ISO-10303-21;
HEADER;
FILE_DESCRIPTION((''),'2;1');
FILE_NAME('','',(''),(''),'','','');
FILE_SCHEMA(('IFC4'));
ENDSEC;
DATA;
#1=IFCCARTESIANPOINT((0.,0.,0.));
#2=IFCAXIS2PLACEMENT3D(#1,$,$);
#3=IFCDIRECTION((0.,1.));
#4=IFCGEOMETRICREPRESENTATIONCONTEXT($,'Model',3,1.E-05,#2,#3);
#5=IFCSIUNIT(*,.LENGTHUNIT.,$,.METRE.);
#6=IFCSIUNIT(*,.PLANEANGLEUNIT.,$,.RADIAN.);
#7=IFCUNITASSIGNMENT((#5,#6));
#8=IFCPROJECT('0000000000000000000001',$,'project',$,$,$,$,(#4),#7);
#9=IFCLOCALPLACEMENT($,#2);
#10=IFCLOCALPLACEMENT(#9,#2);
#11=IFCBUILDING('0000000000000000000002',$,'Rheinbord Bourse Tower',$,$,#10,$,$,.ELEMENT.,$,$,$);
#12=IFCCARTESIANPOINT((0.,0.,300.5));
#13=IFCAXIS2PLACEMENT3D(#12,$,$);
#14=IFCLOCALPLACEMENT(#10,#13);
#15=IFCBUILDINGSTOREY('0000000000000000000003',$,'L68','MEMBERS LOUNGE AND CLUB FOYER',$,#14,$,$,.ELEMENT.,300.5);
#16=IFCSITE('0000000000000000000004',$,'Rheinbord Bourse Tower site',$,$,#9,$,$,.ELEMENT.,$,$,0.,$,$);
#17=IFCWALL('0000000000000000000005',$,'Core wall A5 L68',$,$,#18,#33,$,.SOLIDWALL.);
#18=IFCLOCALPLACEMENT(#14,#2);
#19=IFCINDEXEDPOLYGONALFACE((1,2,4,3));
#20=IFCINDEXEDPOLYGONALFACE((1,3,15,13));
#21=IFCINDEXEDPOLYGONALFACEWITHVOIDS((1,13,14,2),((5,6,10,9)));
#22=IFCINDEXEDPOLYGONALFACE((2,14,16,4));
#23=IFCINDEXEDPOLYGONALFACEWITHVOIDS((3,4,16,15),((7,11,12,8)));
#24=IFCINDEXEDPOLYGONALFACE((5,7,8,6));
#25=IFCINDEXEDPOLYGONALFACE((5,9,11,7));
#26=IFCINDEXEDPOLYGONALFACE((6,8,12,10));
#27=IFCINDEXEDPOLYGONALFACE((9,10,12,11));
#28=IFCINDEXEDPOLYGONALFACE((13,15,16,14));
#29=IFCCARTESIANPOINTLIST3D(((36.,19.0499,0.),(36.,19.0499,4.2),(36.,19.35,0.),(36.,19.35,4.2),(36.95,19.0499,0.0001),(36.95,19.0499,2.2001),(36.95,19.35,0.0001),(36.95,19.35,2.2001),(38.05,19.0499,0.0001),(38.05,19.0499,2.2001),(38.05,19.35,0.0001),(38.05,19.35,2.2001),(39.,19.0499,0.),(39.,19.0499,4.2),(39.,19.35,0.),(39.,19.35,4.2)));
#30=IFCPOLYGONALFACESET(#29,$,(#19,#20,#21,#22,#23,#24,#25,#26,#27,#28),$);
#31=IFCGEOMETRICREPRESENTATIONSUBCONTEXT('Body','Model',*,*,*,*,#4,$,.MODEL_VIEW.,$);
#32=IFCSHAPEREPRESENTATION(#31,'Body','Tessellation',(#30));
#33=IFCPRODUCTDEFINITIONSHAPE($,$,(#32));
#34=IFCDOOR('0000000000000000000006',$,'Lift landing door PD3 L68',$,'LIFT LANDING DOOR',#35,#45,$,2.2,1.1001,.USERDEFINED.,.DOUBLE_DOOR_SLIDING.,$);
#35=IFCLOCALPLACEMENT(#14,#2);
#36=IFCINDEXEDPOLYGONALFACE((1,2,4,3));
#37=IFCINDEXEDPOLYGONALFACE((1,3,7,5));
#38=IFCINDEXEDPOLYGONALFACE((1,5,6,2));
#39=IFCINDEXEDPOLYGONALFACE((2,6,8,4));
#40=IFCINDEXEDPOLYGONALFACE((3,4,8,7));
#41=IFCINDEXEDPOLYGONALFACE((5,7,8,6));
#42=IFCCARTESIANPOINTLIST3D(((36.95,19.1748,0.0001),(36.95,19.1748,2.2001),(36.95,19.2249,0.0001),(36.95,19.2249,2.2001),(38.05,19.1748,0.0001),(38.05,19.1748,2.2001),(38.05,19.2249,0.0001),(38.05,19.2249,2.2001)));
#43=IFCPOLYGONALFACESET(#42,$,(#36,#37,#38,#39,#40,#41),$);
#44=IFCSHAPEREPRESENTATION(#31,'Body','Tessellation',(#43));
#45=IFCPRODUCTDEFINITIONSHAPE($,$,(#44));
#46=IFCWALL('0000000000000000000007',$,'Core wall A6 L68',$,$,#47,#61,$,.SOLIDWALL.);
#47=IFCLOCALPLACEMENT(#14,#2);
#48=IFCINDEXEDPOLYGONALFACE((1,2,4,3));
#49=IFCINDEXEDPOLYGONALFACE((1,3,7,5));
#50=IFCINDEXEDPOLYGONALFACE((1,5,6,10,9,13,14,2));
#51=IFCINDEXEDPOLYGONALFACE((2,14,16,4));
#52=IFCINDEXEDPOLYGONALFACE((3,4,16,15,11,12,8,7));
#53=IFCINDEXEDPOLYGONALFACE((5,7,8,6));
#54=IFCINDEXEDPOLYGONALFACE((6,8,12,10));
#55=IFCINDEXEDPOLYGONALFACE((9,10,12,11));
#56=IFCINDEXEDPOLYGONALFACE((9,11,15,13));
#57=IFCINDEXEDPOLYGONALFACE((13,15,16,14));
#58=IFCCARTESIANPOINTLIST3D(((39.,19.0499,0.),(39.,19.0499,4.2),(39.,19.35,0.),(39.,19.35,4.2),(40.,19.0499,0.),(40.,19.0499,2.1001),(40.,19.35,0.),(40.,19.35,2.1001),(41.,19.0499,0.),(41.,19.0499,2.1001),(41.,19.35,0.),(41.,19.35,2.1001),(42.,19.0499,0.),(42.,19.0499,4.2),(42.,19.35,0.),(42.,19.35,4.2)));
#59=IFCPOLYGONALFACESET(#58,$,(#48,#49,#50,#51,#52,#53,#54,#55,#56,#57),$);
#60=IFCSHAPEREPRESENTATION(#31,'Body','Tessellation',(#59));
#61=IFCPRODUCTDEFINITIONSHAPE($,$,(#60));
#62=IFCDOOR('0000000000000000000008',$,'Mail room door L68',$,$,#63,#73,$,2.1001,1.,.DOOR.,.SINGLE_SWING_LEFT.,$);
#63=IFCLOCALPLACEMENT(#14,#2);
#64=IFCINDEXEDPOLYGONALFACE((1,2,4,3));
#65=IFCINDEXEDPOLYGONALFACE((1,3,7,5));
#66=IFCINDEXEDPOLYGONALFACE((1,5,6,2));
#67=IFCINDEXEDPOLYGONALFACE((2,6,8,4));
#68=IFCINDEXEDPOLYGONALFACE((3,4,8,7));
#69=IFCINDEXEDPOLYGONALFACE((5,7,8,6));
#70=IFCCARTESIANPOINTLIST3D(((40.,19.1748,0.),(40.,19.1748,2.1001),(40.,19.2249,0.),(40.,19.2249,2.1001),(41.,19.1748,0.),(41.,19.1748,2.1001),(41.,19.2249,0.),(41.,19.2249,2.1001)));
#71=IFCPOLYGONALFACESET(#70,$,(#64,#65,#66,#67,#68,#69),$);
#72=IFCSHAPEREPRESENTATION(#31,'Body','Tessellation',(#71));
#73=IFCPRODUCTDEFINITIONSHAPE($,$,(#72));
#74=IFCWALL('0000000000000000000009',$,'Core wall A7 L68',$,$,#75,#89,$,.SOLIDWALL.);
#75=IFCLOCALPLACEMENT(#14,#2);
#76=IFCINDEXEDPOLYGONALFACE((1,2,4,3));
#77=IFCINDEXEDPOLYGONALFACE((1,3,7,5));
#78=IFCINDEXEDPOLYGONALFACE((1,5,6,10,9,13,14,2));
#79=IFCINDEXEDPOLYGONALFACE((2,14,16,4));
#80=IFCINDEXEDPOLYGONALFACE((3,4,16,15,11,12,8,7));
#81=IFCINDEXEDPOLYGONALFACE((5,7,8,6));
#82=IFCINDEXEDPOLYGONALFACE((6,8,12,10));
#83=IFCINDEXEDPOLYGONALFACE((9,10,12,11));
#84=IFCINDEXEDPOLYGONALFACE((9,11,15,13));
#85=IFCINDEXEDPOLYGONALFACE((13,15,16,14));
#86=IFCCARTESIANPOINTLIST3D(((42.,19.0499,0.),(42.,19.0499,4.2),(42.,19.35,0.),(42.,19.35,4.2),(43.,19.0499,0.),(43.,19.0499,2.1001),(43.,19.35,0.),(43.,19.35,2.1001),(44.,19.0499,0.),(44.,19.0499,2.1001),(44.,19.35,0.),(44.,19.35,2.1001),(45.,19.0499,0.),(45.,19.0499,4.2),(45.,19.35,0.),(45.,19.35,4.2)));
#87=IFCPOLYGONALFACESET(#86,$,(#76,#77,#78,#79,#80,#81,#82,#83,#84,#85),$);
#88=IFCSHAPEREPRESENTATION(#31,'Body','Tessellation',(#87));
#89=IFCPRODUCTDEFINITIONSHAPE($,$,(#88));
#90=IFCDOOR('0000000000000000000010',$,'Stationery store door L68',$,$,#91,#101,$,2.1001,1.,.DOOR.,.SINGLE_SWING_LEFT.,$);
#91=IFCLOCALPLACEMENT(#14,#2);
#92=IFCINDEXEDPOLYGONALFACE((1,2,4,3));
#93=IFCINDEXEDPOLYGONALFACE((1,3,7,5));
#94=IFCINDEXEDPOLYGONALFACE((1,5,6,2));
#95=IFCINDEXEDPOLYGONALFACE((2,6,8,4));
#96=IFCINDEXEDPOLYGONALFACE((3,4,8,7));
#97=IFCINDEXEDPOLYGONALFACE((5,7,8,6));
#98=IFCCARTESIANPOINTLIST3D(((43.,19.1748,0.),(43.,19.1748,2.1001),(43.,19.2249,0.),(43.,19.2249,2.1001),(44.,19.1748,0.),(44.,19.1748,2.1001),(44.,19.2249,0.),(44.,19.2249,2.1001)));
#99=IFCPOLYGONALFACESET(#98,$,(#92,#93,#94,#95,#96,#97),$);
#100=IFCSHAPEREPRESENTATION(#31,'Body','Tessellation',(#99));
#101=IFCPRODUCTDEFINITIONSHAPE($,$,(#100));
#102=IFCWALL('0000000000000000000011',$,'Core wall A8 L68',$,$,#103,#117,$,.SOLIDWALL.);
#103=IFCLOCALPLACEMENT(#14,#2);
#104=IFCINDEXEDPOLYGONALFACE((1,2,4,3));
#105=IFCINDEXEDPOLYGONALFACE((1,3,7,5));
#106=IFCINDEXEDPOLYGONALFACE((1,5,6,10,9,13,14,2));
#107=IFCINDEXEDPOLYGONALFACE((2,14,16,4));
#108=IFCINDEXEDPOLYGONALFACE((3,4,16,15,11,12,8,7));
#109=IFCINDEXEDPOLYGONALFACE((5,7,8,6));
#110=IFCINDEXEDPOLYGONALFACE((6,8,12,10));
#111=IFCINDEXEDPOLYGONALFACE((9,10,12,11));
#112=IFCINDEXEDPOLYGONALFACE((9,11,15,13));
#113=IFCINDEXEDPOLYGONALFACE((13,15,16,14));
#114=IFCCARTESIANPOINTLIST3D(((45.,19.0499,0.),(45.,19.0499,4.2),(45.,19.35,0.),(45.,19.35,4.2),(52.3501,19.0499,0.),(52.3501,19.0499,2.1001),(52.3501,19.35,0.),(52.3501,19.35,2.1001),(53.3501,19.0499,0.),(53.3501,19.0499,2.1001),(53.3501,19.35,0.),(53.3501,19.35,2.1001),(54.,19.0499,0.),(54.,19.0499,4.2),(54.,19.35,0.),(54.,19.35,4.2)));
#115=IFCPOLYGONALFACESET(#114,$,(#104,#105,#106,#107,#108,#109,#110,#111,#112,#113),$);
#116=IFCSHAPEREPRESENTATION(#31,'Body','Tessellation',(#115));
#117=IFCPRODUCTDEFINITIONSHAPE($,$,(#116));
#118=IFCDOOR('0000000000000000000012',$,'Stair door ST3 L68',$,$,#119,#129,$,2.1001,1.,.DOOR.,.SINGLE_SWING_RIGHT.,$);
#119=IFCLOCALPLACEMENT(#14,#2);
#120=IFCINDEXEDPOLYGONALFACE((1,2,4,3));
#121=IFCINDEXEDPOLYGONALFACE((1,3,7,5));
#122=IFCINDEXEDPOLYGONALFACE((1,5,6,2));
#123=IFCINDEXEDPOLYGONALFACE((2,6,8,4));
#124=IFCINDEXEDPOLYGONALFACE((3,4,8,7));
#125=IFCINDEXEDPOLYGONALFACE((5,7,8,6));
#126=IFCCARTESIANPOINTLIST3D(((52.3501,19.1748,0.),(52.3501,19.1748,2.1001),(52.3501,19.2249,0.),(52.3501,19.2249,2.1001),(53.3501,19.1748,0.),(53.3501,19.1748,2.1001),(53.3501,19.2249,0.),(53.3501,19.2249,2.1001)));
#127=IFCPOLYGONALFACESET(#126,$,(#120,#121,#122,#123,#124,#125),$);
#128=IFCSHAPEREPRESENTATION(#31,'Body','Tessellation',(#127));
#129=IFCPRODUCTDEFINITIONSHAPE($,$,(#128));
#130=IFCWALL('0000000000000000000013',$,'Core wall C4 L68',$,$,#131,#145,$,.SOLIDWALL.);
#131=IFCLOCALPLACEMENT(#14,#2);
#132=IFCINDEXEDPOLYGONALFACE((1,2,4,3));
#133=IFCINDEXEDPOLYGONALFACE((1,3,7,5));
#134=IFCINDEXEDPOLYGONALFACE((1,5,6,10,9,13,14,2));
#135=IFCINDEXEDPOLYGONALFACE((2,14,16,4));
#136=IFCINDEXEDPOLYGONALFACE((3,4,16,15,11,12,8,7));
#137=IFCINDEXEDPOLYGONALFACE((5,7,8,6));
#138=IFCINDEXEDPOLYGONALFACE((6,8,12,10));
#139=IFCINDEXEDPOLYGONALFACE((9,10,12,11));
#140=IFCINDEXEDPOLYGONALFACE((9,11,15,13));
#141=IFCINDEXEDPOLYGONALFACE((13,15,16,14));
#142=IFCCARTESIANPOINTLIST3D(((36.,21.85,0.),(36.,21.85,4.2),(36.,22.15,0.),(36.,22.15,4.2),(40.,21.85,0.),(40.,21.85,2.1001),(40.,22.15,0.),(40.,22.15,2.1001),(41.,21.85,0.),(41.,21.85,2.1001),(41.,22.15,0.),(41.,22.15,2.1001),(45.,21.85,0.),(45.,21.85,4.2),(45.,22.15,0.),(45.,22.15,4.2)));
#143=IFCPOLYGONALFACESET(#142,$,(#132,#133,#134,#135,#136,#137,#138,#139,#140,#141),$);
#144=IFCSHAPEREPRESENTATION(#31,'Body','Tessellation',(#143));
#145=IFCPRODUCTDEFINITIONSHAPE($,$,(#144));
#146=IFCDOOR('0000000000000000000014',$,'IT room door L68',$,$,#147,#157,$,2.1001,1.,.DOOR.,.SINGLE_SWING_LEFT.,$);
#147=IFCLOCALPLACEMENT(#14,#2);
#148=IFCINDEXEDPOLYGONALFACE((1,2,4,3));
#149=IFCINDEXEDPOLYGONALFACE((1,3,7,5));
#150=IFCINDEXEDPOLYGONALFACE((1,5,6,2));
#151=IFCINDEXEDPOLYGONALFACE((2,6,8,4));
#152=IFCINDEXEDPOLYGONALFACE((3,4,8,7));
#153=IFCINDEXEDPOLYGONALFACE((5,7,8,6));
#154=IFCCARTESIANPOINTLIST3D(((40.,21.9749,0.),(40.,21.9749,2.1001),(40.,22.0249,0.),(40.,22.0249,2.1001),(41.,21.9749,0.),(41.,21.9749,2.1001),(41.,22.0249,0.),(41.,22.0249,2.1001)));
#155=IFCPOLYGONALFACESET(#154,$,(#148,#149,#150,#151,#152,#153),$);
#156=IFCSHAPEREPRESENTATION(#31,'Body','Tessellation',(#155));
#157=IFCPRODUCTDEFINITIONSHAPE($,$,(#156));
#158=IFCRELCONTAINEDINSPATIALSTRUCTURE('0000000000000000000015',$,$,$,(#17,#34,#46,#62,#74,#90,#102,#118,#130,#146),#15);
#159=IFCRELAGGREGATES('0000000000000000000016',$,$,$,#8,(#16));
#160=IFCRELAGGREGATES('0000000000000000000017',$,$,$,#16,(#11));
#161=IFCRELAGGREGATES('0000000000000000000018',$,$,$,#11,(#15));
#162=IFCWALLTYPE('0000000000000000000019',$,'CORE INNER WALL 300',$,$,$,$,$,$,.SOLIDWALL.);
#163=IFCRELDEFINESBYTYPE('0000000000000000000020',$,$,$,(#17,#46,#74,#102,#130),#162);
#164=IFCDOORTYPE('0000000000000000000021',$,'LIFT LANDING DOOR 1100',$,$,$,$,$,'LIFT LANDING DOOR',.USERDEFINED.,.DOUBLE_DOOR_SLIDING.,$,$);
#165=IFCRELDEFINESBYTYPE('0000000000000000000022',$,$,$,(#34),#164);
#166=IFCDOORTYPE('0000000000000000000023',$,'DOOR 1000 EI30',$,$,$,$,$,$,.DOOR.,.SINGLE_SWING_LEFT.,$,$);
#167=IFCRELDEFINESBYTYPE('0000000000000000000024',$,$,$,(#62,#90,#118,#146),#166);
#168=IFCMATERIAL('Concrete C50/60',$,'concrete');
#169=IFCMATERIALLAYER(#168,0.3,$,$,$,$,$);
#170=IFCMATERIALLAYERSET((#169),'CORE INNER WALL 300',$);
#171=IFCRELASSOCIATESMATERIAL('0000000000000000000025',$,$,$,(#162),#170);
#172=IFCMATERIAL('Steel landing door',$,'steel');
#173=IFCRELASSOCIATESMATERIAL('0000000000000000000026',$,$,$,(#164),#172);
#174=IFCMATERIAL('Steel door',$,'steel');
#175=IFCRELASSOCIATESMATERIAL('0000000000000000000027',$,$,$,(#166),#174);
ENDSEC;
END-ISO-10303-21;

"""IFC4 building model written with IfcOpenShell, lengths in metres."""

from ifc_helpers import new_model, si_unit, direction, frame, frame_2d, origin, place, context, subcontext, project, spatial, rectangle, extrude, material, layer, layer_set, type_object, element, fill, save


model = new_model("IFC4")

# Units and contexts
model_context = context("Model", 3, precision=1e-05, world=origin(), true_north=direction((0.0, 1.0)))
body_context = subcontext(model_context, "Body", "Model", "MODEL_VIEW")
ifc_project = project(units=[si_unit("LENGTHUNIT", "METRE"), si_unit("PLANEANGLEUNIT", "RADIAN")], contexts=[model_context])

# Site, building, storey
site_placement = place(None, origin())
site = spatial("IfcSite", under=ifc_project, at=site_placement, Name="Rheinbord Bourse Tower site", CompositionType="ELEMENT", RefElevation=0.0)
building_placement = place(site_placement, origin())
building = spatial("IfcBuilding", under=site, at=building_placement, Name="Rheinbord Bourse Tower", CompositionType="ELEMENT")
storey_placement = place(building_placement, frame((0.0, 0.0, 300.5)))
storey = spatial("IfcBuildingStorey", under=building, at=storey_placement, Name="L68", Description="MEMBERS LOUNGE AND CLUB FOYER", CompositionType="ELEMENT", Elevation=300.5)

# Walls, openings, doors
ifc_material_1 = material(Name="Concrete C50/60", Category="concrete")
ifc_layer_1 = layer(ifc_material_1, 0.3)
ifc_layer_set_1 = layer_set([ifc_layer_1], Name="CORE INNER WALL 300")
wall_type_1 = type_object("IfcWallType", Name="CORE INNER WALL 300", PredefinedType="SOLIDWALL", material=ifc_layer_set_1)
wall_1_placement = place(storey_placement, frame((36.0, 19.2, 0.0), z_axis=(0.0, 0.0, 1.0), x_axis=(1.0, 0.0, 0.0)))
wall_1 = element("IfcWall", 1, at=wall_1_placement, inside=storey, type_object=wall_type_1, Name="Core wall A5 L68", PredefinedType="SOLIDWALL", context=body_context, shape_type="SweptSolid", body=[
    extrude(rectangle(XDim=3.0, YDim=0.3, at=frame_2d((1.5, 0.0))), origin(), (0.0, 0.0, 1.0), 4.2),
])
opening_1_placement = place(wall_1_placement, frame((0.95, 0.0, 0.0)))
opening_1 = element("IfcOpeningElement", 2, at=opening_1_placement, cuts=wall_1, PredefinedType="OPENING", context=body_context, shape_type="SweptSolid", body=[
    extrude(rectangle(XDim=1.1001, YDim=2.2, at=frame_2d((0.55, 1.1001))), frame((0.0, 0.1599, 0.0), z_axis=(0.0, -1.0, 0.0), x_axis=(1.0, 0.0, 0.0)), (0.0, 0.0, 1.0), 0.3201),
])
ifc_material_2 = material(Name="Steel landing door", Category="steel")
door_type_1 = type_object("IfcDoorType", Name="LIFT LANDING DOOR 1100", ElementType="LIFT LANDING DOOR", OperationType="DOUBLE_DOOR_SLIDING", PredefinedType="USERDEFINED", material=ifc_material_2)
door_1_placement = place(opening_1_placement, origin())
door_1 = element("IfcDoor", 3, at=door_1_placement, inside=storey, type_object=door_type_1, Name="Lift landing door PD3 L68", ObjectType="LIFT LANDING DOOR", OperationType="DOUBLE_DOOR_SLIDING", OverallHeight=2.2, OverallWidth=1.1001, PredefinedType="USERDEFINED", context=body_context, shape_type="SweptSolid", body=[
    extrude(rectangle(XDim=1.1001, YDim=2.2, at=frame_2d((0.55, 1.1001))), frame((0.0, 0.0249, 0.0), z_axis=(0.0, -1.0, 0.0), x_axis=(1.0, 0.0, 0.0)), (0.0, 0.0, 1.0), 0.05),
])
fill(opening_1, door_1)
wall_2_placement = place(storey_placement, frame((39.0, 19.2, 0.0), z_axis=(0.0, 0.0, 1.0), x_axis=(1.0, 0.0, 0.0)))
wall_2 = element("IfcWall", 4, at=wall_2_placement, inside=storey, type_object=wall_type_1, Name="Core wall A6 L68", PredefinedType="SOLIDWALL", context=body_context, shape_type="SweptSolid", body=[
    extrude(rectangle(XDim=3.0, YDim=0.3, at=frame_2d((1.5, 0.0))), origin(), (0.0, 0.0, 1.0), 4.2),
])
opening_2_placement = place(wall_2_placement, frame((1.0, 0.0, 0.0)))
opening_2 = element("IfcOpeningElement", 5, at=opening_2_placement, cuts=wall_2, PredefinedType="OPENING", context=body_context, shape_type="SweptSolid", body=[
    extrude(rectangle(XDim=1.0, YDim=2.1001, at=frame_2d((0.5, 1.05))), frame((0.0, 0.1599, 0.0), z_axis=(0.0, -1.0, 0.0), x_axis=(1.0, 0.0, 0.0)), (0.0, 0.0, 1.0), 0.3201),
])
ifc_material_3 = material(Name="Steel door", Category="steel")
door_type_2 = type_object("IfcDoorType", Name="DOOR 1000 EI30", OperationType="SINGLE_SWING_LEFT", PredefinedType="DOOR", material=ifc_material_3)
door_2_placement = place(opening_2_placement, origin())
door_2 = element("IfcDoor", 6, at=door_2_placement, inside=storey, type_object=door_type_2, Name="Mail room door L68", OperationType="SINGLE_SWING_LEFT", OverallHeight=2.1001, OverallWidth=1.0, PredefinedType="DOOR", context=body_context, shape_type="SweptSolid", body=[
    extrude(rectangle(XDim=1.0, YDim=2.1001, at=frame_2d((0.5, 1.05))), frame((0.0, 0.0249, 0.0), z_axis=(0.0, -1.0, 0.0), x_axis=(1.0, 0.0, 0.0)), (0.0, 0.0, 1.0), 0.05),
])
fill(opening_2, door_2)
wall_3_placement = place(storey_placement, frame((42.0, 19.2, 0.0), z_axis=(0.0, 0.0, 1.0), x_axis=(1.0, 0.0, 0.0)))
wall_3 = element("IfcWall", 7, at=wall_3_placement, inside=storey, type_object=wall_type_1, Name="Core wall A7 L68", PredefinedType="SOLIDWALL", context=body_context, shape_type="SweptSolid", body=[
    extrude(rectangle(XDim=3.0, YDim=0.3, at=frame_2d((1.5, 0.0))), origin(), (0.0, 0.0, 1.0), 4.2),
])
opening_3_placement = place(wall_3_placement, frame((1.0, 0.0, 0.0)))
opening_3 = element("IfcOpeningElement", 8, at=opening_3_placement, cuts=wall_3, PredefinedType="OPENING", context=body_context, shape_type="SweptSolid", body=[
    extrude(rectangle(XDim=1.0, YDim=2.1001, at=frame_2d((0.5, 1.05))), frame((0.0, 0.1599, 0.0), z_axis=(0.0, -1.0, 0.0), x_axis=(1.0, 0.0, 0.0)), (0.0, 0.0, 1.0), 0.3201),
])
door_3_placement = place(opening_3_placement, origin())
door_3 = element("IfcDoor", 9, at=door_3_placement, inside=storey, type_object=door_type_2, Name="Stationery store door L68", OperationType="SINGLE_SWING_LEFT", OverallHeight=2.1001, OverallWidth=1.0, PredefinedType="DOOR", context=body_context, shape_type="SweptSolid", body=[
    extrude(rectangle(XDim=1.0, YDim=2.1001, at=frame_2d((0.5, 1.05))), frame((0.0, 0.0249, 0.0), z_axis=(0.0, -1.0, 0.0), x_axis=(1.0, 0.0, 0.0)), (0.0, 0.0, 1.0), 0.05),
])
fill(opening_3, door_3)
wall_4_placement = place(storey_placement, frame((45.0, 19.2, 0.0), z_axis=(0.0, 0.0, 1.0), x_axis=(1.0, 0.0, 0.0)))
wall_4 = element("IfcWall", 10, at=wall_4_placement, inside=storey, type_object=wall_type_1, Name="Core wall A8 L68", PredefinedType="SOLIDWALL", context=body_context, shape_type="SweptSolid", body=[
    extrude(rectangle(XDim=9.0, YDim=0.3, at=frame_2d((4.5, 0.0))), origin(), (0.0, 0.0, 1.0), 4.2),
])
opening_4_placement = place(wall_4_placement, frame((7.3501, 0.0, 0.0)))
opening_4 = element("IfcOpeningElement", 11, at=opening_4_placement, cuts=wall_4, PredefinedType="OPENING", context=body_context, shape_type="SweptSolid", body=[
    extrude(rectangle(XDim=1.0, YDim=2.1001, at=frame_2d((0.5, 1.05))), frame((0.0, 0.1599, 0.0), z_axis=(0.0, -1.0, 0.0), x_axis=(1.0, 0.0, 0.0)), (0.0, 0.0, 1.0), 0.3201),
])
door_4_placement = place(opening_4_placement, origin())
door_4 = element("IfcDoor", 12, at=door_4_placement, inside=storey, type_object=door_type_2, Name="Stair door ST3 L68", OperationType="SINGLE_SWING_RIGHT", OverallHeight=2.1001, OverallWidth=1.0, PredefinedType="DOOR", context=body_context, shape_type="SweptSolid", body=[
    extrude(rectangle(XDim=1.0, YDim=2.1001, at=frame_2d((0.5, 1.05))), frame((0.0, 0.0249, 0.0), z_axis=(0.0, -1.0, 0.0), x_axis=(1.0, 0.0, 0.0)), (0.0, 0.0, 1.0), 0.05),
])
fill(opening_4, door_4)
wall_5_placement = place(storey_placement, frame((36.0, 22.0, 0.0), z_axis=(0.0, 0.0, 1.0), x_axis=(1.0, 0.0, 0.0)))
wall_5 = element("IfcWall", 13, at=wall_5_placement, inside=storey, type_object=wall_type_1, Name="Core wall C4 L68", PredefinedType="SOLIDWALL", context=body_context, shape_type="SweptSolid", body=[
    extrude(rectangle(XDim=9.0, YDim=0.3, at=frame_2d((4.5, 0.0))), origin(), (0.0, 0.0, 1.0), 4.2),
])
opening_5_placement = place(wall_5_placement, frame((4.0, 0.0, 0.0)))
opening_5 = element("IfcOpeningElement", 14, at=opening_5_placement, cuts=wall_5, PredefinedType="OPENING", context=body_context, shape_type="SweptSolid", body=[
    extrude(rectangle(XDim=1.0, YDim=2.1001, at=frame_2d((0.5, 1.05))), frame((0.0, 0.1599, 0.0), z_axis=(0.0, -1.0, 0.0), x_axis=(1.0, 0.0, 0.0)), (0.0, 0.0, 1.0), 0.3201),
])
door_5_placement = place(opening_5_placement, origin())
door_5 = element("IfcDoor", 15, at=door_5_placement, inside=storey, type_object=door_type_2, Name="IT room door L68", OperationType="SINGLE_SWING_LEFT", OverallHeight=2.1001, OverallWidth=1.0, PredefinedType="DOOR", context=body_context, shape_type="SweptSolid", body=[
    extrude(rectangle(XDim=1.0, YDim=2.1001, at=frame_2d((0.5, 1.05))), frame((0.0, 0.0249, 0.0), z_axis=(0.0, -1.0, 0.0), x_axis=(1.0, 0.0, 0.0)), (0.0, 0.0, 1.0), 0.05),
])
fill(opening_5, door_5)

save(model, "model.ifc")
